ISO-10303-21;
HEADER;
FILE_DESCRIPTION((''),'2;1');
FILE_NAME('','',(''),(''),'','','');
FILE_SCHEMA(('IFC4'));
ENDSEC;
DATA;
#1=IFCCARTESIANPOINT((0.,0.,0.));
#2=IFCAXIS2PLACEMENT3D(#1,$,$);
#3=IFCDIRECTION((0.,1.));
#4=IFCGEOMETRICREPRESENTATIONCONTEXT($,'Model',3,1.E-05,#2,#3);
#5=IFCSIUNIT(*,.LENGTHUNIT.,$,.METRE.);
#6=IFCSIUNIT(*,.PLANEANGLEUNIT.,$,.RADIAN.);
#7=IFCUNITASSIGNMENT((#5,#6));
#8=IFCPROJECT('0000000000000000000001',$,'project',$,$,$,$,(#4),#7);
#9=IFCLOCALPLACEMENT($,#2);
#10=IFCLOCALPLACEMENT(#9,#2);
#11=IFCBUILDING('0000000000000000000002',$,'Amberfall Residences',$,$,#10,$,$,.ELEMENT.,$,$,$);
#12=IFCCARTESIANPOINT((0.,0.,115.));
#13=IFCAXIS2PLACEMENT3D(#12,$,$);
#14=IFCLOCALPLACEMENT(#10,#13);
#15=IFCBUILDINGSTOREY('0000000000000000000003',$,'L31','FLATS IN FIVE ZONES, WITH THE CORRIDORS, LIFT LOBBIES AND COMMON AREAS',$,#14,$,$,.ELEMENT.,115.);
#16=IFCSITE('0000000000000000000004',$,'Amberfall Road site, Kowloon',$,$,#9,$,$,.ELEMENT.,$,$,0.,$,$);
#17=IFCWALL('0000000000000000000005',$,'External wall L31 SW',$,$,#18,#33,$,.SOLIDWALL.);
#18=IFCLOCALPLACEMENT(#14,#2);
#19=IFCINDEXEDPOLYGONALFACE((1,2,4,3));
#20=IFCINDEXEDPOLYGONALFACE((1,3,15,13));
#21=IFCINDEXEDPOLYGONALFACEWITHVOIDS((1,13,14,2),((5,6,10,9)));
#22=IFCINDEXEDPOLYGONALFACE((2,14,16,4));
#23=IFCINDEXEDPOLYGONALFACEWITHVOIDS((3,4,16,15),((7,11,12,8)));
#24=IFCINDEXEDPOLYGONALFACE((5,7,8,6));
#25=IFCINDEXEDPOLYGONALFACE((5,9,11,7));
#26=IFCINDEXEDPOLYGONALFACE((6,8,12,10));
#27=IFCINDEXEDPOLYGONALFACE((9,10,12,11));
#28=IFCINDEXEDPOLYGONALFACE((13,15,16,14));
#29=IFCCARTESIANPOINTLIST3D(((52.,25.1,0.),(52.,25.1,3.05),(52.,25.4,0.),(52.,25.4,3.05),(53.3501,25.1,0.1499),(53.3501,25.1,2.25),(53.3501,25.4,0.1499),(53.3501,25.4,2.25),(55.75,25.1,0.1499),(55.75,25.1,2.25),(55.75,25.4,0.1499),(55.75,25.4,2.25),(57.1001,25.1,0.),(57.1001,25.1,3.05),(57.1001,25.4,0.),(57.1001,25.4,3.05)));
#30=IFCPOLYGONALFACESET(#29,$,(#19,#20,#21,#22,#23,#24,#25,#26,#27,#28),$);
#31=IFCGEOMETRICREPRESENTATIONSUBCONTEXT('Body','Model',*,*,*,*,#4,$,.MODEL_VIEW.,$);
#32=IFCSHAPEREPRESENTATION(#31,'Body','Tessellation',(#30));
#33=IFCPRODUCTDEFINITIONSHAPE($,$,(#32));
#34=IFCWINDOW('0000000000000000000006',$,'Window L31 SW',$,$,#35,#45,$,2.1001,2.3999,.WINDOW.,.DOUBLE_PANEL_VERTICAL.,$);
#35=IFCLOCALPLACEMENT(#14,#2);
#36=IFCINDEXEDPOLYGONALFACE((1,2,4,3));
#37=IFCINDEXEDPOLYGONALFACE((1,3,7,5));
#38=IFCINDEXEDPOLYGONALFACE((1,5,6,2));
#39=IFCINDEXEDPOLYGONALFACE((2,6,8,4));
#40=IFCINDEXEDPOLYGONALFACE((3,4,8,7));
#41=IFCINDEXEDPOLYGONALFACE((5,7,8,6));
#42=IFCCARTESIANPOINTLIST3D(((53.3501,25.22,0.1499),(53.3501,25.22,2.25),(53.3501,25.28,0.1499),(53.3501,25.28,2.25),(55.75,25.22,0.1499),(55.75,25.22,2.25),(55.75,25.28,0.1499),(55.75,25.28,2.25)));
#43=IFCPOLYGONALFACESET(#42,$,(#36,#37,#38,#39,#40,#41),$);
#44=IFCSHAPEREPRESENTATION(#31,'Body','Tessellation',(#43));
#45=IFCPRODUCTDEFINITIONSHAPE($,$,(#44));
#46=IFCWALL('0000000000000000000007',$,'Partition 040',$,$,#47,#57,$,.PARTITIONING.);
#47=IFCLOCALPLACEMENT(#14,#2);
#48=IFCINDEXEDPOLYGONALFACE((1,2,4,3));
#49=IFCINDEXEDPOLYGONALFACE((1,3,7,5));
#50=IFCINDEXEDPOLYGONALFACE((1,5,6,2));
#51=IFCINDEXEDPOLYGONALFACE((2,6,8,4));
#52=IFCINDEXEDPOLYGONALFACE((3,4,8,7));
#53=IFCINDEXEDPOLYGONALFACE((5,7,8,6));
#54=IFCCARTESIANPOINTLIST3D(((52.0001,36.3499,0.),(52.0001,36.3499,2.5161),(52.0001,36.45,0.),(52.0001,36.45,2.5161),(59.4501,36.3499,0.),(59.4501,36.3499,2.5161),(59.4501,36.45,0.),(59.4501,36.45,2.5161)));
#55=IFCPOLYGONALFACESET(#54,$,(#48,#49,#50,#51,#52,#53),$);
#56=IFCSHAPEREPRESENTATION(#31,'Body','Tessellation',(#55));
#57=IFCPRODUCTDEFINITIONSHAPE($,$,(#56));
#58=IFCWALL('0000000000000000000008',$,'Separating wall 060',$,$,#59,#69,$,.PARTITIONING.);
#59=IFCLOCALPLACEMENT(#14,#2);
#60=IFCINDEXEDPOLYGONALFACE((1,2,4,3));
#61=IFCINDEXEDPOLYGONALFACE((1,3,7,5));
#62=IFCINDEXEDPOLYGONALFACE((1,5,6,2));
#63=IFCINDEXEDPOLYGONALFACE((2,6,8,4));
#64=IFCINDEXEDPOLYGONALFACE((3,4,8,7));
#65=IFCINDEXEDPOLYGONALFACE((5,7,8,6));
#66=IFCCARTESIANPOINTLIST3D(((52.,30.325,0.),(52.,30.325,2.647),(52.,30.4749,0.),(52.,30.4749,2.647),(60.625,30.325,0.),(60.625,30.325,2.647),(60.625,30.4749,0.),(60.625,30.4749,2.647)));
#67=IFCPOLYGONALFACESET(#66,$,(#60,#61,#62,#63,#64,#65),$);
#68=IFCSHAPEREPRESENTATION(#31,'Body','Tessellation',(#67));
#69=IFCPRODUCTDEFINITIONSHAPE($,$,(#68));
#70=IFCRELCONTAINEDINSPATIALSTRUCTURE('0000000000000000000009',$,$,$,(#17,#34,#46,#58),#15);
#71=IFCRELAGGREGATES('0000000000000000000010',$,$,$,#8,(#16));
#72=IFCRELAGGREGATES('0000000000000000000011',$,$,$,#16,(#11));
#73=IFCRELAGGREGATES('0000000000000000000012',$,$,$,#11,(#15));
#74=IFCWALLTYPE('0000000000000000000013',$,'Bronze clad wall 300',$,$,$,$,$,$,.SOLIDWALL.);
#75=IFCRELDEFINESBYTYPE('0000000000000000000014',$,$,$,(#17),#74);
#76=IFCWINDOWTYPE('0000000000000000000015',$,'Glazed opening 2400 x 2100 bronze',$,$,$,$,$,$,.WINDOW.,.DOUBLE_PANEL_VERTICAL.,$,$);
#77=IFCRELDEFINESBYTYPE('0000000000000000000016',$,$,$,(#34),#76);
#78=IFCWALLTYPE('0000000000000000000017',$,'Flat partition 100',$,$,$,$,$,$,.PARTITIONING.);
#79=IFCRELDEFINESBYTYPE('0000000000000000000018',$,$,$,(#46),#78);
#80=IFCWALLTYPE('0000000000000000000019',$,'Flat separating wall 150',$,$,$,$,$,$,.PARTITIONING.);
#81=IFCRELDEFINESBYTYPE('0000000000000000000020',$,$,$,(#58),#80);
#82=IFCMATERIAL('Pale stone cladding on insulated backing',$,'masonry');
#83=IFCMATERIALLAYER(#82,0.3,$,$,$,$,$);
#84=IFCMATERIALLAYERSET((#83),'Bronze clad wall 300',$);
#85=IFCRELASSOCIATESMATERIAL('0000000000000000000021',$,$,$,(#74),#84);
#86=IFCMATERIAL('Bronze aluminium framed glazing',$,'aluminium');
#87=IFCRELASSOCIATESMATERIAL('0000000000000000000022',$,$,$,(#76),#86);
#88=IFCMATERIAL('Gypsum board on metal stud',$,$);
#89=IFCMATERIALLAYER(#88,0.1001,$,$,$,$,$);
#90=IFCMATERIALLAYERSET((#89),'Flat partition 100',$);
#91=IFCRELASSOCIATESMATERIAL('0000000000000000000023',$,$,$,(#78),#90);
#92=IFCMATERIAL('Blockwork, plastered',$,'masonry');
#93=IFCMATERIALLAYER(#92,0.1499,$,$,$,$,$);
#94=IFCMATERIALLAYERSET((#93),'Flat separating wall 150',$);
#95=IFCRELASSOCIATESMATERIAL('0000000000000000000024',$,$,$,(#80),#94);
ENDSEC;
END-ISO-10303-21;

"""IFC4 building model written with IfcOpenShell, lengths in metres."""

from ifc_helpers import new_model, si_unit, direction, frame, frame_2d, origin, place, context, subcontext, project, spatial, rectangle, extrude, material, layer, layer_set, type_object, element, fill, save


model = new_model("IFC4")

# Units and contexts
model_context = context("Model", 3, precision=1e-05, world=origin(), true_north=direction((0.0, 1.0)))
body_context = subcontext(model_context, "Body", "Model", "MODEL_VIEW")
ifc_project = project(units=[si_unit("LENGTHUNIT", "METRE"), si_unit("PLANEANGLEUNIT", "RADIAN")], contexts=[model_context])

# Site, building, storey
site_placement = place(None, origin())
site = spatial("IfcSite", under=ifc_project, at=site_placement, Name="Amberfall Road site, Kowloon", CompositionType="ELEMENT", RefElevation=0.0)
building_placement = place(site_placement, origin())
building = spatial("IfcBuilding", under=site, at=building_placement, Name="Amberfall Residences", CompositionType="ELEMENT")
storey_placement = place(building_placement, frame((0.0, 0.0, 115.0)))
storey = spatial("IfcBuildingStorey", under=building, at=storey_placement, Name="L31", Description="FLATS IN FIVE ZONES, WITH THE CORRIDORS, LIFT LOBBIES AND COMMON AREAS", CompositionType="ELEMENT", Elevation=115.0)

# Wall, opening, window
ifc_material_1 = material(Name="Pale stone cladding on insulated backing", Category="masonry")
ifc_layer_1 = layer(ifc_material_1, 0.3)
ifc_layer_set_1 = layer_set([ifc_layer_1], Name="Bronze clad wall 300")
wall_type_1 = type_object("IfcWallType", Name="Bronze clad wall 300", PredefinedType="SOLIDWALL", material=ifc_layer_set_1)
wall_1_placement = place(storey_placement, frame((52.0, 25.25, 0.0), z_axis=(0.0, 0.0, 1.0), x_axis=(1.0, 0.0, 0.0)))
wall_1 = element("IfcWall", 1, at=wall_1_placement, inside=storey, type_object=wall_type_1, Name="External wall L31 SW", PredefinedType="SOLIDWALL", context=body_context, shape_type="SweptSolid", body=[
    extrude(rectangle(XDim=5.1001, YDim=0.3, at=frame_2d((2.55, 0.0))), origin(), (0.0, 0.0, 1.0), 3.05),
])
opening_placement = place(wall_1_placement, frame((1.3501, 0.0, 0.1499)))
opening = element("IfcOpeningElement", 2, at=opening_placement, cuts=wall_1, PredefinedType="OPENING", context=body_context, shape_type="SweptSolid", body=[
    extrude(rectangle(XDim=2.3999, YDim=2.1001, at=frame_2d((1.2, 1.05))), frame((0.0, 0.1599, 0.0), z_axis=(0.0, -1.0, 0.0), x_axis=(1.0, 0.0, 0.0)), (0.0, 0.0, 1.0), 0.3201),
])
ifc_material_2 = material(Name="Bronze aluminium framed glazing", Category="aluminium")
window_type = type_object("IfcWindowType", Name="Glazed opening 2400 x 2100 bronze", PartitioningType="DOUBLE_PANEL_VERTICAL", PredefinedType="WINDOW", material=ifc_material_2)
window_placement = place(opening_placement, origin())
window = element("IfcWindow", 3, at=window_placement, inside=storey, type_object=window_type, Name="Window L31 SW", OverallHeight=2.1001, OverallWidth=2.3999, PartitioningType="DOUBLE_PANEL_VERTICAL", PredefinedType="WINDOW", context=body_context, shape_type="SweptSolid", body=[
    extrude(rectangle(XDim=2.3999, YDim=2.1001, at=frame_2d((1.2, 1.05))), frame((0.0, 0.03, 0.0), z_axis=(0.0, -1.0, 0.0), x_axis=(1.0, 0.0, 0.0)), (0.0, 0.0, 1.0), 0.0601),
])
fill(opening, window)

# Walls
ifc_material_3 = material(Name="Gypsum board on metal stud")
ifc_layer_2 = layer(ifc_material_3, 0.1001)
ifc_layer_set_2 = layer_set([ifc_layer_2], Name="Flat partition 100")
wall_type_2 = type_object("IfcWallType", Name="Flat partition 100", PredefinedType="PARTITIONING", material=ifc_layer_set_2)
wall_2_placement = place(storey_placement, frame((52.0, 36.3999, 0.0), z_axis=(0.0, 0.0, 1.0), x_axis=(1.0, 0.0, 0.0)))
element("IfcWall", 4, at=wall_2_placement, inside=storey, type_object=wall_type_2, Name="Partition 040", PredefinedType="PARTITIONING", context=body_context, shape_type="SweptSolid", body=[
    extrude(rectangle(XDim=7.45, YDim=0.1001, at=frame_2d((3.7251, 0.0))), origin(), (0.0, 0.0, 1.0), 2.5161),
])
ifc_material_4 = material(Name="Blockwork, plastered", Category="masonry")
ifc_layer_3 = layer(ifc_material_4, 0.1499)
ifc_layer_set_3 = layer_set([ifc_layer_3], Name="Flat separating wall 150")
wall_type_3 = type_object("IfcWallType", Name="Flat separating wall 150", PredefinedType="PARTITIONING", material=ifc_layer_set_3)
wall_3_placement = place(storey_placement, frame((52.0, 30.3999, 0.0), z_axis=(0.0, 0.0, 1.0), x_axis=(1.0, 0.0, 0.0)))
element("IfcWall", 5, at=wall_3_placement, inside=storey, type_object=wall_type_3, Name="Separating wall 060", PredefinedType="PARTITIONING", context=body_context, shape_type="SweptSolid", body=[
    extrude(rectangle(XDim=8.625, YDim=0.1499, at=frame_2d((4.3125, 0.0))), origin(), (0.0, 0.0, 1.0), 2.647),
])

save(model, "model.ifc")
